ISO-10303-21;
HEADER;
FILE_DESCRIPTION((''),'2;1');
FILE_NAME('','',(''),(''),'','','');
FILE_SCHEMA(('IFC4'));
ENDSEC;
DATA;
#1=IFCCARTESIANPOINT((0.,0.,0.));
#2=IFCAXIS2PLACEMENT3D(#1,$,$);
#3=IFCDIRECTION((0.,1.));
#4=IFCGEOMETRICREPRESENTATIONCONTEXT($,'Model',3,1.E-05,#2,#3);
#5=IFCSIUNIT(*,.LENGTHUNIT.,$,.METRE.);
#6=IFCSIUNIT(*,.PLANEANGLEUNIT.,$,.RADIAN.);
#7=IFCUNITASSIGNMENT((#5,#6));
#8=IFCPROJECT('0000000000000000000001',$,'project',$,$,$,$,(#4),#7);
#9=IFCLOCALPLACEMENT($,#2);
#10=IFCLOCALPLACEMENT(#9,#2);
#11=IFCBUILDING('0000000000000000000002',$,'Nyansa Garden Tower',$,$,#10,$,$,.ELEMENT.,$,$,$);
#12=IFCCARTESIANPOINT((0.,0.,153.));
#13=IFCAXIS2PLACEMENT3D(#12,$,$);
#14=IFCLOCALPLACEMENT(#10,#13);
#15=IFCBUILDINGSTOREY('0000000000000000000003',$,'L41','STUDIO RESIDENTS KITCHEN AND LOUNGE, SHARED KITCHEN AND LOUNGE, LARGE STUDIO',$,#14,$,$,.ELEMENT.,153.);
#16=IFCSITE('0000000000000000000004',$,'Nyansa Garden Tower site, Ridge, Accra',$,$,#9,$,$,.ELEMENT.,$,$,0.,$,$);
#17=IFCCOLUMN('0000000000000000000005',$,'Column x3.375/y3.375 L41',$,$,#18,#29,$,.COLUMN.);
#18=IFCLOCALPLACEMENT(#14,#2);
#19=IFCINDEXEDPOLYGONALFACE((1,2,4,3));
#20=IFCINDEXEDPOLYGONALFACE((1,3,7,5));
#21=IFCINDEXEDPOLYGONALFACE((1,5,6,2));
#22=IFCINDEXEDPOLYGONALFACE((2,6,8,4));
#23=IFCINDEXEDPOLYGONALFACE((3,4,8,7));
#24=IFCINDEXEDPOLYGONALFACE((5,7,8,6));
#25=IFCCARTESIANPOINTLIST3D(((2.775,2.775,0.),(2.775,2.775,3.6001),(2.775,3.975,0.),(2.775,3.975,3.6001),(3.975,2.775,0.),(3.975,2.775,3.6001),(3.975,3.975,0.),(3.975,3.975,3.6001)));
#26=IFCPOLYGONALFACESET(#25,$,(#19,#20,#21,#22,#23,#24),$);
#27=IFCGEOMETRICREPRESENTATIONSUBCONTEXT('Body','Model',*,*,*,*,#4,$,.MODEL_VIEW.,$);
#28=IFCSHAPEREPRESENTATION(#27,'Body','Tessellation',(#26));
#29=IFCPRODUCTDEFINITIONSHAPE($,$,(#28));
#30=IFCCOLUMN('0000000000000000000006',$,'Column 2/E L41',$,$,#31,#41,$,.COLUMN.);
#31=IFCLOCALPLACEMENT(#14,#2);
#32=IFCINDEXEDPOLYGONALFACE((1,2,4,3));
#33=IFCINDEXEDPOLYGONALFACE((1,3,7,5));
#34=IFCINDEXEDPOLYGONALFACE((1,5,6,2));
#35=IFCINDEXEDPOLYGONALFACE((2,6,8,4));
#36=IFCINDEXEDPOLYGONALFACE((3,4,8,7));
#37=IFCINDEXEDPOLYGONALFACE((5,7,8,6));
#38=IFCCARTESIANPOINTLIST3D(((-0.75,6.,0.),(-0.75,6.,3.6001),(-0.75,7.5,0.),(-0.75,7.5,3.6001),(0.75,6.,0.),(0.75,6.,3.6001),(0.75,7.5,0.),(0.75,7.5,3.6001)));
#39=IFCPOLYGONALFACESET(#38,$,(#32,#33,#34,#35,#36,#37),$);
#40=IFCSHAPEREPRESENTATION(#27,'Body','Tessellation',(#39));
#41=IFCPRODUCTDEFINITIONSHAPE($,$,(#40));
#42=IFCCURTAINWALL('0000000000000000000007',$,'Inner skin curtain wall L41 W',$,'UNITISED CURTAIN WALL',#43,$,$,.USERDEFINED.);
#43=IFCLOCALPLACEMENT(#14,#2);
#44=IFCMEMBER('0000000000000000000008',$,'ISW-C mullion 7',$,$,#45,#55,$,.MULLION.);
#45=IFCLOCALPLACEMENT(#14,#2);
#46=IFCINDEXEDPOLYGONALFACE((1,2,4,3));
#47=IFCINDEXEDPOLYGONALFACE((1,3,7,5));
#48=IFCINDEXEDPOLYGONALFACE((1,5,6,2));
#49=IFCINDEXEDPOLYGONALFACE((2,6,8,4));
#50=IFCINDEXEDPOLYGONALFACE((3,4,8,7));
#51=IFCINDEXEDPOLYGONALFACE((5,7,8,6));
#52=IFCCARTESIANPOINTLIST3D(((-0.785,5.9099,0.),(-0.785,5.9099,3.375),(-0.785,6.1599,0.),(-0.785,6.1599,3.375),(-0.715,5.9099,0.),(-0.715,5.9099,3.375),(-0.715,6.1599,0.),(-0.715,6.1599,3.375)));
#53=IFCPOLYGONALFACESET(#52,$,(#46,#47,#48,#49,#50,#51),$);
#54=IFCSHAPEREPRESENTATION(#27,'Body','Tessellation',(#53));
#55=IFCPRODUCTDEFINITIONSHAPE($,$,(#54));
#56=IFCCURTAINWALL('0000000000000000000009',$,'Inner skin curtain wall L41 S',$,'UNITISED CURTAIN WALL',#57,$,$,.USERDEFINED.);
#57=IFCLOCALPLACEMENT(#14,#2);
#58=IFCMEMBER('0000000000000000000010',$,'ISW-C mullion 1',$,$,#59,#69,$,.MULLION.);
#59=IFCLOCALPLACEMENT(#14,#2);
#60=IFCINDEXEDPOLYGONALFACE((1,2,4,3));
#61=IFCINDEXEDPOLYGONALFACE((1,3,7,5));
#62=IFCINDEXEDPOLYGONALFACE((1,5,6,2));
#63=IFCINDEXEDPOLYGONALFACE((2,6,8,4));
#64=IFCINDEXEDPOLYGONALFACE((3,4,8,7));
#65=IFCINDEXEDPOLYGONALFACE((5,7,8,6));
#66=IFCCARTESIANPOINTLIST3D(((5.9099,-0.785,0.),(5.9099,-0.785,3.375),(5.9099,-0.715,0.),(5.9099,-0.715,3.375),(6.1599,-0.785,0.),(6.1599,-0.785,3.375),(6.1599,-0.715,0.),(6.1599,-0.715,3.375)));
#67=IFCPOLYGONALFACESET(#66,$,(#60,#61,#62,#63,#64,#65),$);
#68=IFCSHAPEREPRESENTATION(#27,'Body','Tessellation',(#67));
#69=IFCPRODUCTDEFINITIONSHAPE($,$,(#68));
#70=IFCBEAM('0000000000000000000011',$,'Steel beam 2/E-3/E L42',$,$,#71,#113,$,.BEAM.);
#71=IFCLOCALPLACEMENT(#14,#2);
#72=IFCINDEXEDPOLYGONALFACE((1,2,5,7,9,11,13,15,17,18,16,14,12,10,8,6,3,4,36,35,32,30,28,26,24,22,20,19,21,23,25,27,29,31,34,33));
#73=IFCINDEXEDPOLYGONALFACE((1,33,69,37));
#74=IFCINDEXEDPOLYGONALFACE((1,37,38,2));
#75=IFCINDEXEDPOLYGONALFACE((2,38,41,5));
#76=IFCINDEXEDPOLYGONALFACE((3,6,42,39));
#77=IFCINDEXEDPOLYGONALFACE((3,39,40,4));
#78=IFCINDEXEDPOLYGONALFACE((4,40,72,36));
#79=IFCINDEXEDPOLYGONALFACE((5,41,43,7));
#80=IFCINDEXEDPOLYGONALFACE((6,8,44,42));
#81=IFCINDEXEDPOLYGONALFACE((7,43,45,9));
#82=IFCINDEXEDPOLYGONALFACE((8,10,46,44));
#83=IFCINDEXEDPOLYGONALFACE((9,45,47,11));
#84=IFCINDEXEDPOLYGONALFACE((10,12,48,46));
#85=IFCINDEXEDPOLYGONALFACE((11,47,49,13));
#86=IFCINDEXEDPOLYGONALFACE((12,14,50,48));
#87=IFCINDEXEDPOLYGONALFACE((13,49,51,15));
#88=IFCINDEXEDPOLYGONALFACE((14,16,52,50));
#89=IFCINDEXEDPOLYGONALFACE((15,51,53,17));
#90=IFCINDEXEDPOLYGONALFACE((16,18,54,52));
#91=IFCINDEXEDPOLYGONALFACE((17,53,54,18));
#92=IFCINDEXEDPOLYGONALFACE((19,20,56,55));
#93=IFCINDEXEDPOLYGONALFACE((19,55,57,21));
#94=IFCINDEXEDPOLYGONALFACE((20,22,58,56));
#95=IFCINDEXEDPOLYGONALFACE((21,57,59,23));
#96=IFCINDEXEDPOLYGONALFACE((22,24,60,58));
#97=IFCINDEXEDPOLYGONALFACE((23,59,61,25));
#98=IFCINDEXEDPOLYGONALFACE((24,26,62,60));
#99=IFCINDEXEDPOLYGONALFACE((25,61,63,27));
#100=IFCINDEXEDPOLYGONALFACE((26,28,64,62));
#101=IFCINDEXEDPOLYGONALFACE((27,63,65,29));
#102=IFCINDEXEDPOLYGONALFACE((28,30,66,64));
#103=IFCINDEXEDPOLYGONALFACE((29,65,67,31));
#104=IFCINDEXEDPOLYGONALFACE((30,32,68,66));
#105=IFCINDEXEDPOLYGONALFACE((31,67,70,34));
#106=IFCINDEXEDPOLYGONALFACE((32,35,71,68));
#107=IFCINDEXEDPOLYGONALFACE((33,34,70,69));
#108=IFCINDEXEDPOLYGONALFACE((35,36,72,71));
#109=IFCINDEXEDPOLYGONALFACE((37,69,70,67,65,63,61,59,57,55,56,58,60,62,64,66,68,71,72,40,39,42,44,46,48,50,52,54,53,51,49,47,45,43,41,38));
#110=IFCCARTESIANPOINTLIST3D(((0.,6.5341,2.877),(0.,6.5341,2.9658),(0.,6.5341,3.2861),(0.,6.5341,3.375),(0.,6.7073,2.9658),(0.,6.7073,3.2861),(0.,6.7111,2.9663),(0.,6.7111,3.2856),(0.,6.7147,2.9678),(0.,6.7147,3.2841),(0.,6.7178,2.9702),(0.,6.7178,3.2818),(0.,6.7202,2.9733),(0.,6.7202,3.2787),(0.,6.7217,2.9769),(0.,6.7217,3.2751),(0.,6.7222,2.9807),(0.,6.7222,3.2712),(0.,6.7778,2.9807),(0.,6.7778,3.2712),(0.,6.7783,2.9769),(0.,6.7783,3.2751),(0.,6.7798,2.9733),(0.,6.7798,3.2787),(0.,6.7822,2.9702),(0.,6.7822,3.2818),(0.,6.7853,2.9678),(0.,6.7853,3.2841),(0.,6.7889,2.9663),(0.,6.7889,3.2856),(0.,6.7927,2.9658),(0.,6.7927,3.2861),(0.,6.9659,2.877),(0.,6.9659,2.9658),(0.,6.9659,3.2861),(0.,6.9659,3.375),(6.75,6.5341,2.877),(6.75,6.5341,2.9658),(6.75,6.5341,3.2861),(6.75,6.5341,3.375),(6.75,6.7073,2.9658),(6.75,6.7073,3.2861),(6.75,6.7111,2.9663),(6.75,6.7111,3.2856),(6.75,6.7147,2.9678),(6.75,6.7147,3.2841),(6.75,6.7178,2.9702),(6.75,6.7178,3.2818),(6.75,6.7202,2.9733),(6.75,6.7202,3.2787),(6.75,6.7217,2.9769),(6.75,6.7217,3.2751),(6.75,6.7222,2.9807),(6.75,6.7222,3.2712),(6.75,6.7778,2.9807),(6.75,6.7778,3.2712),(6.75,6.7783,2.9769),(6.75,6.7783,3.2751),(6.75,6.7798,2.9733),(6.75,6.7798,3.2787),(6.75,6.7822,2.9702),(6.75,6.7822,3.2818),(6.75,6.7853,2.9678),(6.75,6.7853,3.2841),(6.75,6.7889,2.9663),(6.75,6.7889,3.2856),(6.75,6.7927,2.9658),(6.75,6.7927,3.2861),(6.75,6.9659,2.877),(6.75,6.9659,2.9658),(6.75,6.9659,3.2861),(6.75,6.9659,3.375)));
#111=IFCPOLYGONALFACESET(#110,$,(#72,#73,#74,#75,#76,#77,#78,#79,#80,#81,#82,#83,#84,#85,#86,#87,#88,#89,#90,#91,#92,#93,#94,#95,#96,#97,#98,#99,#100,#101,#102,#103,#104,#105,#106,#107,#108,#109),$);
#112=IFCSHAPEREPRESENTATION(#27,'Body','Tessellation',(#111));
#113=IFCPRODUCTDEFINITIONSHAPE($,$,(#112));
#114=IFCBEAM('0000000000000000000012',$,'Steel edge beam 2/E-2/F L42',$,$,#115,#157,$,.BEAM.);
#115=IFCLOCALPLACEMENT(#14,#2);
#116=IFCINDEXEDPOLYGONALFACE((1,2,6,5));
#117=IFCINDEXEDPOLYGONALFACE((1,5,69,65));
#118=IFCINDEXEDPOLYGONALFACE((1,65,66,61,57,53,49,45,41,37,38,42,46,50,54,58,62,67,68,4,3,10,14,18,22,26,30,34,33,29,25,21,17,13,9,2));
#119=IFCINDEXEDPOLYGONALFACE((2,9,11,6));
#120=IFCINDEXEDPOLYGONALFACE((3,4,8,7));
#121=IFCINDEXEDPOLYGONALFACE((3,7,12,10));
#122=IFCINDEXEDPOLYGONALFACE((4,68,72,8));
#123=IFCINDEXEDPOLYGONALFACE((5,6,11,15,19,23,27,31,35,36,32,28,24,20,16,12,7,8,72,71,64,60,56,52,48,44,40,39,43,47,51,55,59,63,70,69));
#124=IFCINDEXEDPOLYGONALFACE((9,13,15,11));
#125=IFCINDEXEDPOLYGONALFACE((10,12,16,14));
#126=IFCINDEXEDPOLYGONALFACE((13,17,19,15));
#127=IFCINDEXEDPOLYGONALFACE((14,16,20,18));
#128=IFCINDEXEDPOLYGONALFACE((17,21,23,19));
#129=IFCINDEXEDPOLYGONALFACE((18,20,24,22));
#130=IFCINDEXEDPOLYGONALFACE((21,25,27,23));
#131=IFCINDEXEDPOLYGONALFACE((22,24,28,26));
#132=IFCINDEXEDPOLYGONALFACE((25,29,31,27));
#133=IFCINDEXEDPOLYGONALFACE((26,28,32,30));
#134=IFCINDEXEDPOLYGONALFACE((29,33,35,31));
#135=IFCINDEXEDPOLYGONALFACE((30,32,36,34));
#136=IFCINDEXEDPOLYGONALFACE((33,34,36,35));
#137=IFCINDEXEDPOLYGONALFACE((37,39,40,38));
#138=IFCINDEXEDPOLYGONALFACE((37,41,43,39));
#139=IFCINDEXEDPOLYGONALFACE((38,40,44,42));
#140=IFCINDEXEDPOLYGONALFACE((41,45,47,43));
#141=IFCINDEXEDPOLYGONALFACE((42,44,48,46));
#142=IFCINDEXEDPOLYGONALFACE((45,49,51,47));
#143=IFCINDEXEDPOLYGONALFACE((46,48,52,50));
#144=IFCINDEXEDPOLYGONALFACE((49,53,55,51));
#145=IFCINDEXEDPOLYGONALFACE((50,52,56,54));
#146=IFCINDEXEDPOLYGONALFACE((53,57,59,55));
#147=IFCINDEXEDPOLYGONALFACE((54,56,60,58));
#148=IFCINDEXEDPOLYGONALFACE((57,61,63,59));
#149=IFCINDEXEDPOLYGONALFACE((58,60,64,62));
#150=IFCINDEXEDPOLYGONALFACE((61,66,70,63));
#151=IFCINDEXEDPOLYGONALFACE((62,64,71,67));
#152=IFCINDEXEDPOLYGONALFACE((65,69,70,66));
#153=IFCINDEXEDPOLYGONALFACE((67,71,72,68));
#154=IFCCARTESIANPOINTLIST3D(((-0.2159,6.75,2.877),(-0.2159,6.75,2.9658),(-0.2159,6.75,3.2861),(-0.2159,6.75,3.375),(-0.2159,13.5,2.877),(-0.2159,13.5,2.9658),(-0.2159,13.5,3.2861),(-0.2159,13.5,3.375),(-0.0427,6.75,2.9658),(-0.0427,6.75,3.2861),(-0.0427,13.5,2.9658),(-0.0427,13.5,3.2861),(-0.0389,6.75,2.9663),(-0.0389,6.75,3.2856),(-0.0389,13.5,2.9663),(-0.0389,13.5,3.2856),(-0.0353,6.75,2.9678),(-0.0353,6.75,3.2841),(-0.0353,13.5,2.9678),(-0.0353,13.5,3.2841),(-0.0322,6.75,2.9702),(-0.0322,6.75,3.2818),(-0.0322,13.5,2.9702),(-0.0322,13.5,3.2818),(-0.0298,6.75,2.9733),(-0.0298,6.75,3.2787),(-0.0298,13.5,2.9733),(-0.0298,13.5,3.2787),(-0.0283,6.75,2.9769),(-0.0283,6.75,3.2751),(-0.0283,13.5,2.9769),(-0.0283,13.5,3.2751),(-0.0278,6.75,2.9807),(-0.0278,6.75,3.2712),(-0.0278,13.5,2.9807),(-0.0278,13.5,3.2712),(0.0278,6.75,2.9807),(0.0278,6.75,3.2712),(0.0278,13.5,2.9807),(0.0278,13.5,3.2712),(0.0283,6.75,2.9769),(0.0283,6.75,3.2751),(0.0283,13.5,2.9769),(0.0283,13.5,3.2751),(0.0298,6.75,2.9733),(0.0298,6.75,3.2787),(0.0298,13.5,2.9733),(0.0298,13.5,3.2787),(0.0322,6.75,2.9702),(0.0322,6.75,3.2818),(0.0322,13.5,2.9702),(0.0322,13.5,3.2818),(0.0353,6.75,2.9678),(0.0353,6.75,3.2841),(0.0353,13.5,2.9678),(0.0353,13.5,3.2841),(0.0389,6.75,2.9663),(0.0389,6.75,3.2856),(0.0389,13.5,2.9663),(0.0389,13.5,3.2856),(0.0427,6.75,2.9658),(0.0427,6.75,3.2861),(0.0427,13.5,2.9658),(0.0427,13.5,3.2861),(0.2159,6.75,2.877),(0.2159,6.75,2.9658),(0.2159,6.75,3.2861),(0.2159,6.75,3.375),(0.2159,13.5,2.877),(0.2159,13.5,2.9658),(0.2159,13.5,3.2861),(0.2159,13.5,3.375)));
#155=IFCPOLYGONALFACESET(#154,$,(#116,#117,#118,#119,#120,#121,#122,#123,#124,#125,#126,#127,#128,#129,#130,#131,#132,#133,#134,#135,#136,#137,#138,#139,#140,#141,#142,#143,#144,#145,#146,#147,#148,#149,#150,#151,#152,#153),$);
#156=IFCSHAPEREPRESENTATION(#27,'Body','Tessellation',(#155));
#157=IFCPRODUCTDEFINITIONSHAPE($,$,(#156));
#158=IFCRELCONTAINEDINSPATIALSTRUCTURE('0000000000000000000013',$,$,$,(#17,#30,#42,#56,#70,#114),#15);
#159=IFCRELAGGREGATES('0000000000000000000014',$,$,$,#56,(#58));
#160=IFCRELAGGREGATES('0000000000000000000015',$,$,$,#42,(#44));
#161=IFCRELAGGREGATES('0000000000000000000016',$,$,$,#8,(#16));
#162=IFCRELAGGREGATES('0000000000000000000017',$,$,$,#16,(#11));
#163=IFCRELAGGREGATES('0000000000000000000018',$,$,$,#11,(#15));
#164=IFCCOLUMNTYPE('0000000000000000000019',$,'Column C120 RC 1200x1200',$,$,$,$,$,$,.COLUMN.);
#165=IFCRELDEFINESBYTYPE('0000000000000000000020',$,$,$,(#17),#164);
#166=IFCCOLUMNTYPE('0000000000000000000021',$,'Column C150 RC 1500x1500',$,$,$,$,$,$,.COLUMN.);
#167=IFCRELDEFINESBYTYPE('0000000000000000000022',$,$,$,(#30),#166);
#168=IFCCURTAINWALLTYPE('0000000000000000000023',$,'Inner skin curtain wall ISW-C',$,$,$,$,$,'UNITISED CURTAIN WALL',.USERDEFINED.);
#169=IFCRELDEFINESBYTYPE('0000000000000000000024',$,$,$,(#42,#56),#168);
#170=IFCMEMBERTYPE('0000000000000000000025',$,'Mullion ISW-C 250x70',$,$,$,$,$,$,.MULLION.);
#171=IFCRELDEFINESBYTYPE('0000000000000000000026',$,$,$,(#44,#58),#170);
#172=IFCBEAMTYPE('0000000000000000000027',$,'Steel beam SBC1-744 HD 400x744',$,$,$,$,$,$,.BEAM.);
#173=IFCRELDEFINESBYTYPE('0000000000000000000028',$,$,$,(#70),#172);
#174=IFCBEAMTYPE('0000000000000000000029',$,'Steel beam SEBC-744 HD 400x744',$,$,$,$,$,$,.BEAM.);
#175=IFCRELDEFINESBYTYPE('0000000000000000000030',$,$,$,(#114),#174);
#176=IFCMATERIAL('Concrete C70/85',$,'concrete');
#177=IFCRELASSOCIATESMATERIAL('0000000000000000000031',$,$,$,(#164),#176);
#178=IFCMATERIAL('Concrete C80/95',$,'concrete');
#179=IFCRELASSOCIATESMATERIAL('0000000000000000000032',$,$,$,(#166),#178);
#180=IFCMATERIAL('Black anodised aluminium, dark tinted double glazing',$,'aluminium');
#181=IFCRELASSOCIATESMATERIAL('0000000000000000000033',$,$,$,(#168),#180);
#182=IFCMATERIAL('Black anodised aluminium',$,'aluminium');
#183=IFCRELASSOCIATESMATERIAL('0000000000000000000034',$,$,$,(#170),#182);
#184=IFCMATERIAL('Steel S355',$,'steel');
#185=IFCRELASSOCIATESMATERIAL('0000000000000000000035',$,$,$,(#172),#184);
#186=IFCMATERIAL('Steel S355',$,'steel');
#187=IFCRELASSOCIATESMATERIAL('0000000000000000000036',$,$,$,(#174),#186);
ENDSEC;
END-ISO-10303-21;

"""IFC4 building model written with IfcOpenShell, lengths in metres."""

from ifc_helpers import new_model, si_unit, direction, frame, origin, origin_2d, place, context, subcontext, project, spatial, rectangle, i_section, extrude, material, material_profile, profile_set, type_object, element, aggregate, save


model = new_model("IFC4")

# Units and contexts
model_context = context("Model", 3, precision=1e-05, world=origin(), true_north=direction((0.0, 1.0)))
body_context = subcontext(model_context, "Body", "Model", "MODEL_VIEW")
ifc_project = project(units=[si_unit("LENGTHUNIT", "METRE"), si_unit("PLANEANGLEUNIT", "RADIAN")], contexts=[model_context])

# Site, building, storey
site_placement = place(None, origin())
site = spatial("IfcSite", under=ifc_project, at=site_placement, Name="Nyansa Garden Tower site, Ridge, Accra", CompositionType="ELEMENT", RefElevation=0.0)
building_placement = place(site_placement, origin())
building = spatial("IfcBuilding", under=site, at=building_placement, Name="Nyansa Garden Tower", CompositionType="ELEMENT")
storey_placement = place(building_placement, frame((0.0, 0.0, 153.0)))
storey = spatial("IfcBuildingStorey", under=building, at=storey_placement, Name="L41", Description="STUDIO RESIDENTS KITCHEN AND LOUNGE, SHARED KITCHEN AND LOUNGE, LARGE STUDIO", CompositionType="ELEMENT", Elevation=153.0)

# Columns
ifc_material_1 = material(Name="Concrete C70/85", Category="concrete")
ifc_material_profile_1 = material_profile(ifc_material_1, rectangle(XDim=1.2, YDim=1.2, at=origin_2d()), Name="RC 1200x1200")
ifc_profile_set_1 = profile_set([ifc_material_profile_1], Name="Concrete C70/85")
column_type_1 = type_object("IfcColumnType", Name="Column C120 RC 1200x1200", PredefinedType="COLUMN", material=ifc_profile_set_1)
column_1_placement = place(storey_placement, frame((3.375, 3.375, 0.0), z_axis=(0.0, 0.0, 1.0), x_axis=(1.0, 0.0, 0.0)))
element("IfcColumn", 1, at=column_1_placement, inside=storey, type_object=column_type_1, Name="Column x3.375/y3.375 L41", PredefinedType="COLUMN", context=body_context, shape_type="SweptSolid", body=[
    extrude(rectangle(XDim=1.2, YDim=1.2, at=origin_2d()), origin(), (0.0, 0.0, 1.0), 3.6001),
])
ifc_material_2 = material(Name="Concrete C80/95", Category="concrete")
ifc_material_profile_2 = material_profile(ifc_material_2, rectangle(XDim=1.5, YDim=1.5, at=origin_2d()), Name="RC 1500x1500")
ifc_profile_set_2 = profile_set([ifc_material_profile_2], Name="Concrete C80/95")
column_type_2 = type_object("IfcColumnType", Name="Column C150 RC 1500x1500", PredefinedType="COLUMN", material=ifc_profile_set_2)
column_2_placement = place(storey_placement, frame((0.0, 6.75, 0.0), z_axis=(0.0, 0.0, 1.0), x_axis=(1.0, 0.0, 0.0)))
element("IfcColumn", 2, at=column_2_placement, inside=storey, type_object=column_type_2, Name="Column 2/E L41", PredefinedType="COLUMN", context=body_context, shape_type="SweptSolid", body=[
    extrude(rectangle(XDim=1.5, YDim=1.5, at=origin_2d()), origin(), (0.0, 0.0, 1.0), 3.6001),
])

# Curtain walls, members
ifc_material_3 = material(Name="Black anodised aluminium, dark tinted double glazing", Category="aluminium")
curtain_wall_type = type_object("IfcCurtainWallType", Name="Inner skin curtain wall ISW-C", ElementType="UNITISED CURTAIN WALL", PredefinedType="USERDEFINED", material=ifc_material_3)
curtain_wall_1_placement = place(storey_placement, origin())
curtain_wall_1 = element("IfcCurtainWall", 3, at=curtain_wall_1_placement, inside=storey, type_object=curtain_wall_type, Name="Inner skin curtain wall L41 W", ObjectType="UNITISED CURTAIN WALL", PredefinedType="USERDEFINED")
ifc_material_4 = material(Name="Black anodised aluminium", Category="aluminium")
ifc_material_profile_3 = material_profile(ifc_material_4, rectangle(XDim=0.0701, YDim=0.25, at=origin_2d()), Name="Mullion 250x70")
ifc_profile_set_3 = profile_set([ifc_material_profile_3], Name="Black anodised aluminium")
member_type_1 = type_object("IfcMemberType", Name="Mullion ISW-C 250x70", PredefinedType="MULLION", material=ifc_profile_set_3)
member_1_placement = place(storey_placement, frame((-0.75, 6.0349, 0.0), z_axis=(0.0, 0.0, 1.0), x_axis=(1.0, 0.0, 0.0)))
member_1 = element("IfcMember", 4, at=member_1_placement, type_object=member_type_1, Name="ISW-C mullion 7", PredefinedType="MULLION", context=body_context, shape_type="SweptSolid", body=[
    extrude(rectangle(XDim=0.0701, YDim=0.25, at=origin_2d()), origin(), (0.0, 0.0, 1.0), 3.375),
])
curtain_wall_2_placement = place(storey_placement, origin())
curtain_wall_2 = element("IfcCurtainWall", 5, at=curtain_wall_2_placement, inside=storey, type_object=curtain_wall_type, Name="Inner skin curtain wall L41 S", ObjectType="UNITISED CURTAIN WALL", PredefinedType="USERDEFINED")
member_2_placement = place(storey_placement, frame((6.0349, -0.75, 0.0), z_axis=(0.0, 0.0, 1.0), x_axis=(0.0, 1.0, 0.0)))
member_2 = element("IfcMember", 6, at=member_2_placement, type_object=member_type_1, Name="ISW-C mullion 1", PredefinedType="MULLION", context=body_context, shape_type="SweptSolid", body=[
    extrude(rectangle(XDim=0.0701, YDim=0.25, at=origin_2d()), origin(), (0.0, 0.0, 1.0), 3.375),
])

# Beams
ifc_material_5 = material(Name="Steel S355", Category="steel")
ifc_material_profile_4 = material_profile(ifc_material_5, i_section(OverallWidth=0.4319, OverallDepth=0.498, WebThickness=0.0557, FlangeThickness=0.0889, FilletRadius=0.0149, at=origin_2d()), Name="HD 400x744")
ifc_profile_set_4 = profile_set([ifc_material_profile_4], Name="Steel S355")
beam_type_1 = type_object("IfcBeamType", Name="Steel beam SBC1-744 HD 400x744", PredefinedType="BEAM", material=ifc_profile_set_4)
beam_1_placement = place(storey_placement, frame((0.0, 6.75, 3.126), z_axis=(1.0, 0.0, 0.0), x_axis=(0.0, 1.0, 0.0)))
element("IfcBeam", 7, at=beam_1_placement, inside=storey, type_object=beam_type_1, Name="Steel beam 2/E-3/E L42", PredefinedType="BEAM", context=body_context, shape_type="SweptSolid", body=[
    extrude(i_section(OverallWidth=0.4319, OverallDepth=0.498, WebThickness=0.0557, FlangeThickness=0.0889, FilletRadius=0.0149, at=origin_2d()), origin(), (0.0, 0.0, 1.0), 6.75),
])
ifc_material_6 = material(Name="Steel S355", Category="steel")
ifc_material_profile_5 = material_profile(ifc_material_6, i_section(OverallWidth=0.4319, OverallDepth=0.498, WebThickness=0.0557, FlangeThickness=0.0889, FilletRadius=0.0149, at=origin_2d()), Name="HD 400x744")
ifc_profile_set_5 = profile_set([ifc_material_profile_5], Name="Steel S355")
beam_type_2 = type_object("IfcBeamType", Name="Steel beam SEBC-744 HD 400x744", PredefinedType="BEAM", material=ifc_profile_set_5)
beam_2_placement = place(storey_placement, frame((0.0, 6.75, 3.126), z_axis=(0.0, 1.0, 0.0), x_axis=(-1.0, 0.0, 0.0)))
element("IfcBeam", 8, at=beam_2_placement, inside=storey, type_object=beam_type_2, Name="Steel edge beam 2/E-2/F L42", PredefinedType="BEAM", context=body_context, shape_type="SweptSolid", body=[
    extrude(i_section(OverallWidth=0.4319, OverallDepth=0.498, WebThickness=0.0557, FlangeThickness=0.0889, FilletRadius=0.0149, at=origin_2d()), origin(), (0.0, 0.0, 1.0), 6.75),
])

aggregate(curtain_wall_2, [member_2])

aggregate(curtain_wall_1, [member_1])

save(model, "model.ifc")
